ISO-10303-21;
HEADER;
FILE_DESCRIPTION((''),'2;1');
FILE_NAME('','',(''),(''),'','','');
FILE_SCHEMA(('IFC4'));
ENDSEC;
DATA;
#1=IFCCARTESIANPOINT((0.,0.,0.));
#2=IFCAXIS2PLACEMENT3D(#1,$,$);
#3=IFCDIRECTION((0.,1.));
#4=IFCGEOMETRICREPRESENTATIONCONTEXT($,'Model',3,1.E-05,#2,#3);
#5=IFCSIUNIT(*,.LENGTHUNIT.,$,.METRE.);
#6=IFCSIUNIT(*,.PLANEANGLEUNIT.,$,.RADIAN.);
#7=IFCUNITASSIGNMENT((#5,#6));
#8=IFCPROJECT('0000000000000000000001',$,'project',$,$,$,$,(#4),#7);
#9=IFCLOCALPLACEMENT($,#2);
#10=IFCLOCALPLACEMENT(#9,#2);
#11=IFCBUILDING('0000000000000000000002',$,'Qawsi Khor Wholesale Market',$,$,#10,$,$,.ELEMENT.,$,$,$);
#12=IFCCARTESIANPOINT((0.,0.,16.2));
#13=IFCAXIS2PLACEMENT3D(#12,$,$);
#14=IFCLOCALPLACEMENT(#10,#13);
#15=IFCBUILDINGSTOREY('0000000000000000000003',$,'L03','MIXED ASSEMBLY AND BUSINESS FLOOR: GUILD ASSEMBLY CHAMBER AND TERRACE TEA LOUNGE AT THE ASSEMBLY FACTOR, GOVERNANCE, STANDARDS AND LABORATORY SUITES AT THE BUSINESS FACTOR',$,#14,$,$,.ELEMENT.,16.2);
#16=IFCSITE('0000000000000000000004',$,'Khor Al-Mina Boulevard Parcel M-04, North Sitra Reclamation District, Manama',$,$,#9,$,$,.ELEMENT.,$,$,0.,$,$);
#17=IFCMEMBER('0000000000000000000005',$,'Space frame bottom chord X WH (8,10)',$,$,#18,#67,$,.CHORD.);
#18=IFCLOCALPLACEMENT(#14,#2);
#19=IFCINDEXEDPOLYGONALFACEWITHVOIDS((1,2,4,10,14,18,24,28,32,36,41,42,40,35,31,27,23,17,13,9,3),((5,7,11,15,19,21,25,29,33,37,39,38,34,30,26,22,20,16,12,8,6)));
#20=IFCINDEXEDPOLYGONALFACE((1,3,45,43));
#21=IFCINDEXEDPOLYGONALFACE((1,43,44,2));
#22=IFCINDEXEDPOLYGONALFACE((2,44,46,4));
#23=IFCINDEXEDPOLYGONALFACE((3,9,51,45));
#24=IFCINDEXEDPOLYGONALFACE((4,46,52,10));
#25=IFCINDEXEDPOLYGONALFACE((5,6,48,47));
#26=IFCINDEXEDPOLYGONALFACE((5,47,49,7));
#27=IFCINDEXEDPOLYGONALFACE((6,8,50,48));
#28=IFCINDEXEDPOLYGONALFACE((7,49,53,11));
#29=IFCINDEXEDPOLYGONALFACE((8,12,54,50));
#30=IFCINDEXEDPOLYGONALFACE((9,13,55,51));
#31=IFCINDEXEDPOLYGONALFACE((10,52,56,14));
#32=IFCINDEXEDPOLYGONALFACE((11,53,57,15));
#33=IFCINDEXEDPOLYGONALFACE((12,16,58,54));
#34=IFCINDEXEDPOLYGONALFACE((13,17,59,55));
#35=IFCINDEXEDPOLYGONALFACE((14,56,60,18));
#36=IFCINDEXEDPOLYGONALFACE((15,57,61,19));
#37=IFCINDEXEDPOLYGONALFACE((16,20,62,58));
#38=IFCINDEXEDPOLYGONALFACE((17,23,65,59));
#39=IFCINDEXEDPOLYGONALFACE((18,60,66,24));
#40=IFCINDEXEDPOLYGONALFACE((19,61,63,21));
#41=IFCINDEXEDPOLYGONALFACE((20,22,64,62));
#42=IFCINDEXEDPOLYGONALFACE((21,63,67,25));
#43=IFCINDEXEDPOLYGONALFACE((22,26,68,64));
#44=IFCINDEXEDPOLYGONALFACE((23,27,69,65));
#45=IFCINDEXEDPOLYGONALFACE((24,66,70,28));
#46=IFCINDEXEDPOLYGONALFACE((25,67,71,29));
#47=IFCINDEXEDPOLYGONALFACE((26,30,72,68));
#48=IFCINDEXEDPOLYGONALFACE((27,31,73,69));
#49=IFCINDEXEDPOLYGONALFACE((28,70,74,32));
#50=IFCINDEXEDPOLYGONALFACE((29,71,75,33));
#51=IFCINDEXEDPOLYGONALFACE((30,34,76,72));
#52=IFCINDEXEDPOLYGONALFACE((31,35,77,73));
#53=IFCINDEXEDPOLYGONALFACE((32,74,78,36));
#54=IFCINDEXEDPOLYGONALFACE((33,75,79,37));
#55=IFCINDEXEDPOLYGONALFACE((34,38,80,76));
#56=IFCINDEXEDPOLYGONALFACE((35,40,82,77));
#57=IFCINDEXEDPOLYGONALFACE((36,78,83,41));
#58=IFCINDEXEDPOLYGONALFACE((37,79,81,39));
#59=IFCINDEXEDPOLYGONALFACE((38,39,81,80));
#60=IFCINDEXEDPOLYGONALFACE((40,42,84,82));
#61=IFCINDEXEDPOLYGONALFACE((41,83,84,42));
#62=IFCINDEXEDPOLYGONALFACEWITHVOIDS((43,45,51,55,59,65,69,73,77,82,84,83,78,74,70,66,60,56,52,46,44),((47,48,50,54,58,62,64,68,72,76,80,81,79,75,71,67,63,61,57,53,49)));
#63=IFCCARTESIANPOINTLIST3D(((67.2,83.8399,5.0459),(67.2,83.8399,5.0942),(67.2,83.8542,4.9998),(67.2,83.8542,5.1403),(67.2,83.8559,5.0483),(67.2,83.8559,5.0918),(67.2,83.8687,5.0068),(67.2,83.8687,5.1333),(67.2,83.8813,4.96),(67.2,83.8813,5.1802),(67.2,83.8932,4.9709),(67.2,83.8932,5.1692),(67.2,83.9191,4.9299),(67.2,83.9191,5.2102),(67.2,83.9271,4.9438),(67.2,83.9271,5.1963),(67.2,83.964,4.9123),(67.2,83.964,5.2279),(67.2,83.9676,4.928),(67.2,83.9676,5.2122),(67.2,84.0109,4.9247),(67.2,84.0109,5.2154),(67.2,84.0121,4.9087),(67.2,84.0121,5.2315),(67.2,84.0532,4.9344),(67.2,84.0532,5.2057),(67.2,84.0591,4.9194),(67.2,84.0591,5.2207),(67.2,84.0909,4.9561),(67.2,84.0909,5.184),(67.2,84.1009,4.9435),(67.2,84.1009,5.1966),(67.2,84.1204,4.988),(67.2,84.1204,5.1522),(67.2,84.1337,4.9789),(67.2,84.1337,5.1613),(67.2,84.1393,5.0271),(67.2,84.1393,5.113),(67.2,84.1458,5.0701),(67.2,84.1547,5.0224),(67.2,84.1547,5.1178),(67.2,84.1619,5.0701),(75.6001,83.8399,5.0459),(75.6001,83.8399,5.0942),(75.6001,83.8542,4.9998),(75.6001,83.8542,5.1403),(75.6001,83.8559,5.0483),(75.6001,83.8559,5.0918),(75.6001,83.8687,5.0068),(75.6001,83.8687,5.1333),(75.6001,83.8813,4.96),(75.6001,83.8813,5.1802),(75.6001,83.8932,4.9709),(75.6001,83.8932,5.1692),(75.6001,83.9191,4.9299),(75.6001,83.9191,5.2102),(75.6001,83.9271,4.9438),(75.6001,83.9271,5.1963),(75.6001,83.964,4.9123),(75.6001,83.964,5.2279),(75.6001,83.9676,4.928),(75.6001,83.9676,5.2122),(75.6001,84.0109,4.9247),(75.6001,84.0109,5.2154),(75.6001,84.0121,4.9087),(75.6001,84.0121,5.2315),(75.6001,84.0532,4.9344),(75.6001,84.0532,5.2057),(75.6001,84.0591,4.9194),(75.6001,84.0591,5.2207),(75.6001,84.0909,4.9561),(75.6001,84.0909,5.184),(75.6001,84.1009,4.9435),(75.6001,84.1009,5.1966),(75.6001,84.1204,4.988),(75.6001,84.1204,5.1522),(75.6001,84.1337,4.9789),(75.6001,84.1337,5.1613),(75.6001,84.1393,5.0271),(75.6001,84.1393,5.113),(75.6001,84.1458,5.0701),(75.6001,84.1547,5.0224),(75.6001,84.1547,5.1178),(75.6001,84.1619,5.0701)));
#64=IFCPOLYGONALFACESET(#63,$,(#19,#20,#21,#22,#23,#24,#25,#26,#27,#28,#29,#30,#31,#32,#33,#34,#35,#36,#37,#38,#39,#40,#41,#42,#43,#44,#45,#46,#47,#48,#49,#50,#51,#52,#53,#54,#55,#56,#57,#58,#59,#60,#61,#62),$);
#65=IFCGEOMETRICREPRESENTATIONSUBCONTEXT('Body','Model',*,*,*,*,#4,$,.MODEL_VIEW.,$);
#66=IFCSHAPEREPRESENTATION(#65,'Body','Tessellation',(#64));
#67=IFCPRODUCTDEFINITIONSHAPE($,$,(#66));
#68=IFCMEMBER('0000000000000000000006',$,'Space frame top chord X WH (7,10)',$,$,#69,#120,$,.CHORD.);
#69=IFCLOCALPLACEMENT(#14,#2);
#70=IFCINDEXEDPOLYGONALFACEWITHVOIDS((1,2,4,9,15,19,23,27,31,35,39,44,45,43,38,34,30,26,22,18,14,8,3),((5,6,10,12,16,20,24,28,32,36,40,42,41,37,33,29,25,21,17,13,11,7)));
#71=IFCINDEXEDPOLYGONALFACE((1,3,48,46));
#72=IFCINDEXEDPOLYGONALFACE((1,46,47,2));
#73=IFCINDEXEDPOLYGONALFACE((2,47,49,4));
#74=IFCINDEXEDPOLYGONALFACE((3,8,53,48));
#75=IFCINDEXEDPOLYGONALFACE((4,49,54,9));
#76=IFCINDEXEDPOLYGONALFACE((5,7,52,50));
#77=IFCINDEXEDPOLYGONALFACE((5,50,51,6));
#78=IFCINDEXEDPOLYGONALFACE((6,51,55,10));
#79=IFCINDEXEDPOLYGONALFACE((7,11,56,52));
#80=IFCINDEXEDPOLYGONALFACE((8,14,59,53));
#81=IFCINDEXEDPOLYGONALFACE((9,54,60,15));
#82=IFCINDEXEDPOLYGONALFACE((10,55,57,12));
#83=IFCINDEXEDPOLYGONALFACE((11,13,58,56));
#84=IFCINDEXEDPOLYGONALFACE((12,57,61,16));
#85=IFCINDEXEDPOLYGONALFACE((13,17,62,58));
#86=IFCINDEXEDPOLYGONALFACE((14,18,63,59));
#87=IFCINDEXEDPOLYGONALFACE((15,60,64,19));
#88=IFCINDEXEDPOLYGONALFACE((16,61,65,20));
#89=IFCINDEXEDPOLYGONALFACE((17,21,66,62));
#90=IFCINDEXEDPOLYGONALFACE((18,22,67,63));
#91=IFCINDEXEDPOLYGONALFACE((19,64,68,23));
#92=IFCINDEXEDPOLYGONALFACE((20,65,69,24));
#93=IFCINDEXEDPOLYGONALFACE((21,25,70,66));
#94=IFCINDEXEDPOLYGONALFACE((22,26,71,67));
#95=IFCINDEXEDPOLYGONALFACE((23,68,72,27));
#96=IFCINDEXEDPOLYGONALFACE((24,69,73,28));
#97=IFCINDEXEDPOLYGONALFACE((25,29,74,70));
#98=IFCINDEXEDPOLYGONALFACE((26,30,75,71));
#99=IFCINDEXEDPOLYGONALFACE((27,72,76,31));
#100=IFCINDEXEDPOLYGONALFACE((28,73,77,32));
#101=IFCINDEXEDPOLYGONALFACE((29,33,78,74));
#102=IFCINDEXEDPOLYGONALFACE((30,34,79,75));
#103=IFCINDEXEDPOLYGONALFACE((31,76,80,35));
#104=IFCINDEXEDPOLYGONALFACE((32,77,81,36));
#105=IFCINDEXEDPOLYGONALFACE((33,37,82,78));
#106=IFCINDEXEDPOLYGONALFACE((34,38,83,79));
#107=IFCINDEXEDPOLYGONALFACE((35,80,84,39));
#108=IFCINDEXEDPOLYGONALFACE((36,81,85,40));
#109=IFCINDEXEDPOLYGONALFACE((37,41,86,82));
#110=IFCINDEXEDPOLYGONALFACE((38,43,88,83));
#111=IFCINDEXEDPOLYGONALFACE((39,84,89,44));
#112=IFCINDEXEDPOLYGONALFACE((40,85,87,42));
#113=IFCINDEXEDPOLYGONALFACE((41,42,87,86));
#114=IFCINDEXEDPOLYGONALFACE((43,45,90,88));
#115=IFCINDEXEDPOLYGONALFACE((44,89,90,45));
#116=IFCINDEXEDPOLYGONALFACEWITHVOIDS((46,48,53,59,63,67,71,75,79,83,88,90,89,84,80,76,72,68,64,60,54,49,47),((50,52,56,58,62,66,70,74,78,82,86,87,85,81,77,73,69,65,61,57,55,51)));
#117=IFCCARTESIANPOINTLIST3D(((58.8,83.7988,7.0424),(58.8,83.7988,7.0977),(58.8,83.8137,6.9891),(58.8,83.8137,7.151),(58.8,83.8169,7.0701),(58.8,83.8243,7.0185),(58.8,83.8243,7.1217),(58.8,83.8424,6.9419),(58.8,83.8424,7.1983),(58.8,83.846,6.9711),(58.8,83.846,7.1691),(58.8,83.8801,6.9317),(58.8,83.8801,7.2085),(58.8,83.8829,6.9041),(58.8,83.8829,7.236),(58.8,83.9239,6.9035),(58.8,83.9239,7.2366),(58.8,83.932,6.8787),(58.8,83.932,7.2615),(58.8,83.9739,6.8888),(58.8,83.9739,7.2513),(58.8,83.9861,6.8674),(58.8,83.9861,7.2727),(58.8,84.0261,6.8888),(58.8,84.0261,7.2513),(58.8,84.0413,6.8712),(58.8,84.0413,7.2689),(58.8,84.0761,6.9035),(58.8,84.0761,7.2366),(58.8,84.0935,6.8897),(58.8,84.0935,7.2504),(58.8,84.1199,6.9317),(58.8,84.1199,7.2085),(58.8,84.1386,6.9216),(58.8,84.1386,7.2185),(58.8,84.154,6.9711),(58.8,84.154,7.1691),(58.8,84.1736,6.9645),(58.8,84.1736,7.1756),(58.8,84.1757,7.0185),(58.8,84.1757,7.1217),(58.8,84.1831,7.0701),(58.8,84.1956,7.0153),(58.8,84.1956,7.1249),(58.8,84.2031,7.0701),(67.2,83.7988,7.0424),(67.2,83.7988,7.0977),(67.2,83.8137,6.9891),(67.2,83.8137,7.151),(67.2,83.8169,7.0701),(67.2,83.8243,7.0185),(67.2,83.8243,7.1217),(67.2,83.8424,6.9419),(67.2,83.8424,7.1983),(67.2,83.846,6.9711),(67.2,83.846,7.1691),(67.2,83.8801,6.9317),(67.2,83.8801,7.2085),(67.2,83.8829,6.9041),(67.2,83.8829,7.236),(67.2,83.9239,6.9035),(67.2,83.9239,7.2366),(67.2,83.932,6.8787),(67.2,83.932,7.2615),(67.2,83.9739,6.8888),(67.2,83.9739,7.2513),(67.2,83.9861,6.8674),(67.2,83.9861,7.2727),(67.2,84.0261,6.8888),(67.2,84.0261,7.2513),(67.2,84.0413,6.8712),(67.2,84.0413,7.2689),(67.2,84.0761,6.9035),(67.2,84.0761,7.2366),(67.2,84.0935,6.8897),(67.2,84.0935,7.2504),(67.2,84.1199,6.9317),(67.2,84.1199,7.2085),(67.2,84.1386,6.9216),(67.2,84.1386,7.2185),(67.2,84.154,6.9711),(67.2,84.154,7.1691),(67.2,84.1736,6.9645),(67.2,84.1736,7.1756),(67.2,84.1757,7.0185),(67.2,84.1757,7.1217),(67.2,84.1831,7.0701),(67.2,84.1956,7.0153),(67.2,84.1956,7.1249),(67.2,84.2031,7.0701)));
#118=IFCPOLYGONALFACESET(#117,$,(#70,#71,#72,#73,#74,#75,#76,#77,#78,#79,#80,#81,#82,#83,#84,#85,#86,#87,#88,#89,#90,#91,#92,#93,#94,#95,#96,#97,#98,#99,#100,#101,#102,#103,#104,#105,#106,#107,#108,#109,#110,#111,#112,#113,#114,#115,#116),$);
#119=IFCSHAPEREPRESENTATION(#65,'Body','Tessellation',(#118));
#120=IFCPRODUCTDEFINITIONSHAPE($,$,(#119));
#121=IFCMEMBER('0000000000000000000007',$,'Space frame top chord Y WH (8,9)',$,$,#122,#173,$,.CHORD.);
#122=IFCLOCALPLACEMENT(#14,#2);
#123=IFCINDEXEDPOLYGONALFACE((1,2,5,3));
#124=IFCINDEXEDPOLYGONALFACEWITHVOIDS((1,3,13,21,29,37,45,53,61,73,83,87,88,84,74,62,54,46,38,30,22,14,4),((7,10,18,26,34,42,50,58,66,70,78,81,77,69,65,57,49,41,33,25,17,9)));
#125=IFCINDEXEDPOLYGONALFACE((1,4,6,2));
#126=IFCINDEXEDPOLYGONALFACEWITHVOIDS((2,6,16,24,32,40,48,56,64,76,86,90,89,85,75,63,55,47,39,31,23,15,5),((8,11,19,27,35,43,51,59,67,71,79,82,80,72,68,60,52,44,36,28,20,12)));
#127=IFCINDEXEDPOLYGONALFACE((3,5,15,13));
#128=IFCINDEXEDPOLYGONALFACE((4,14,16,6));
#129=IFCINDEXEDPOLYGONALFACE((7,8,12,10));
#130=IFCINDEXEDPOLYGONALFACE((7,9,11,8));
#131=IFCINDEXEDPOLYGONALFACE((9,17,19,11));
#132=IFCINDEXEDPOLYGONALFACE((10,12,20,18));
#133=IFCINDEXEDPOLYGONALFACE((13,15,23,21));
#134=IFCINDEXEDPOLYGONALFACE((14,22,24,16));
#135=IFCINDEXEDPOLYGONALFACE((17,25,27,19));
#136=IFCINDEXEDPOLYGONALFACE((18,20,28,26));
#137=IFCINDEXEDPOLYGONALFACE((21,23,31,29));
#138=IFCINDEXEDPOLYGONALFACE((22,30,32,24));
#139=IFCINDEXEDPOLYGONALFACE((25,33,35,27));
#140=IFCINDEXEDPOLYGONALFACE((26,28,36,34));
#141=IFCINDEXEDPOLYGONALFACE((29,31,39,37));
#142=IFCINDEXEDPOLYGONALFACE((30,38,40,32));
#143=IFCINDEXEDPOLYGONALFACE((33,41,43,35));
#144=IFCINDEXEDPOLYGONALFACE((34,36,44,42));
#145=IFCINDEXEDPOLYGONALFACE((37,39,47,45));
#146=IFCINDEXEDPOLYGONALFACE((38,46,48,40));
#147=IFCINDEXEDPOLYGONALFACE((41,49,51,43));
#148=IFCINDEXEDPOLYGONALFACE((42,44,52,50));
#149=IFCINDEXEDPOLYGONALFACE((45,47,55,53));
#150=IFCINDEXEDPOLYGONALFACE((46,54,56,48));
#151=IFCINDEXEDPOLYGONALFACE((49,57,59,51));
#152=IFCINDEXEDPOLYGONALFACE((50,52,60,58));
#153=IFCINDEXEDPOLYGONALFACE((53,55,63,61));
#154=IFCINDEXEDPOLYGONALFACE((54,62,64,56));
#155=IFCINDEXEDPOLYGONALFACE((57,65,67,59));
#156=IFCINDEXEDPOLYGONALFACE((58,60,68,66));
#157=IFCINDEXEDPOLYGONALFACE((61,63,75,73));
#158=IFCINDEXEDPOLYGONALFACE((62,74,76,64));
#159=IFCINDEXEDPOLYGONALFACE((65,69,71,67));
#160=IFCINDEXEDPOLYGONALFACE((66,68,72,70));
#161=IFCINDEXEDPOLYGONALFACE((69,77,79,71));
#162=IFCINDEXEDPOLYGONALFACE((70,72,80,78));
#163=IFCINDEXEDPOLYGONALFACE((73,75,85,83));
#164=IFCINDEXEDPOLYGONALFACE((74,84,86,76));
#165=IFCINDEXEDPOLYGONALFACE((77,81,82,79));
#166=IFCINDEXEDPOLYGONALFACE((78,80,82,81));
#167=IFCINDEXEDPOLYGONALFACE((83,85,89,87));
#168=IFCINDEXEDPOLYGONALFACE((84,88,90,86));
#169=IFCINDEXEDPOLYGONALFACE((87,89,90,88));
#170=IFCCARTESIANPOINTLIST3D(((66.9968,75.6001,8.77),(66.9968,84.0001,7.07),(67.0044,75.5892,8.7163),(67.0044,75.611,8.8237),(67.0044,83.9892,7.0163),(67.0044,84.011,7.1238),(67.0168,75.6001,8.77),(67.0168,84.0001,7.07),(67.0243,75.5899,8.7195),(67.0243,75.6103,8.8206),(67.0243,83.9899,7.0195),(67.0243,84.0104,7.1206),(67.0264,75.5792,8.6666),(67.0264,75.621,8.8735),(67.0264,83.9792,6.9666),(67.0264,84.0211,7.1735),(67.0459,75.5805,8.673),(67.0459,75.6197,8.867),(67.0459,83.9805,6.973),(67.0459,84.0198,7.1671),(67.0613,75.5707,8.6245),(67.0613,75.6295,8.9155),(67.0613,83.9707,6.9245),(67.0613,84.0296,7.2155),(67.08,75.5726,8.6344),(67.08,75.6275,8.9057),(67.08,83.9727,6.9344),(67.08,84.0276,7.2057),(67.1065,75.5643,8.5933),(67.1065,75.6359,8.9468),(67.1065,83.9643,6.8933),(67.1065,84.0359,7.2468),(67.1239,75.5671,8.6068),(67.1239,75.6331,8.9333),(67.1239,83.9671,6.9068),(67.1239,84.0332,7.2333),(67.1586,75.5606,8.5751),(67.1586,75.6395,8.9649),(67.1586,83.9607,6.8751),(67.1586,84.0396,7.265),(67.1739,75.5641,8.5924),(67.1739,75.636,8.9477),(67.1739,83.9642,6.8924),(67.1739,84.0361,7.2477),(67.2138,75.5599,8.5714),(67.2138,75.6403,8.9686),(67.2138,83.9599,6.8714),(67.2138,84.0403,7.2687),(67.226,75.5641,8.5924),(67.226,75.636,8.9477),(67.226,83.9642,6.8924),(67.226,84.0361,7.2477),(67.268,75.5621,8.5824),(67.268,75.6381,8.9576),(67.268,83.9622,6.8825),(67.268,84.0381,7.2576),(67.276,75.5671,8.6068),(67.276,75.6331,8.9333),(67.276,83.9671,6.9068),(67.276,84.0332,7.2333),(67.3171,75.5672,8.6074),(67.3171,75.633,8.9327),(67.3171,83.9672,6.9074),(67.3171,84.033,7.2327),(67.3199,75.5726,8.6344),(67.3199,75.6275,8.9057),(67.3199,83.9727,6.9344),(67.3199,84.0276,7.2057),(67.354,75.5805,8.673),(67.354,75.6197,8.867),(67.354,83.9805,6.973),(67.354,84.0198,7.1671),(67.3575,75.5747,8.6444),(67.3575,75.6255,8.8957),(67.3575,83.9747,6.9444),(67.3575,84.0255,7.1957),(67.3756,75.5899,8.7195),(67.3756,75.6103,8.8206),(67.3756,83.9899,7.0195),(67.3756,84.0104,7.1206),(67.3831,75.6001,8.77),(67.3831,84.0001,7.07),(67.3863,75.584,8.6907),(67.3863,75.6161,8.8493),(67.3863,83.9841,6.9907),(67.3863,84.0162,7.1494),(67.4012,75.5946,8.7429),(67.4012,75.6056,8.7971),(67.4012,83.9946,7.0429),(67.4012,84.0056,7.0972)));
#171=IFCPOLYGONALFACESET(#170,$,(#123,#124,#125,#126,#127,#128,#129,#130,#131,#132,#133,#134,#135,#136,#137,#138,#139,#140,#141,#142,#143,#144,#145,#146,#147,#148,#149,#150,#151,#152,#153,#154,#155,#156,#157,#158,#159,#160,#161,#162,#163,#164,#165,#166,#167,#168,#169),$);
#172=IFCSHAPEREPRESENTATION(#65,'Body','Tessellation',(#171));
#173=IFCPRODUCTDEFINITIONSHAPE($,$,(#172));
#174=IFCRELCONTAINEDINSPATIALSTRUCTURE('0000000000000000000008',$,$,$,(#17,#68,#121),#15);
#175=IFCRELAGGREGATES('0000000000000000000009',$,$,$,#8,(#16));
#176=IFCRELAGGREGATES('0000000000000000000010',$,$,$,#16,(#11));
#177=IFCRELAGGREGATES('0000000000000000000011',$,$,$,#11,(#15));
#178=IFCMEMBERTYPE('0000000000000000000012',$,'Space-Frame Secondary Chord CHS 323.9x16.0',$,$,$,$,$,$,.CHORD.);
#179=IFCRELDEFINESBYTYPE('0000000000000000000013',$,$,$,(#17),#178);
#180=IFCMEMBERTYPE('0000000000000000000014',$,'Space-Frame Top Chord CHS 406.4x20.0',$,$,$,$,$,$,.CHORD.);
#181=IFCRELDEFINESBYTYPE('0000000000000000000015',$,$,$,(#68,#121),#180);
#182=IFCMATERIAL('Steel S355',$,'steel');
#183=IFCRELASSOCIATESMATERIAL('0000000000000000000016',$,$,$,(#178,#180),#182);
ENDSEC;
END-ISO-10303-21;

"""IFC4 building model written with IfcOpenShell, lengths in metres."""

from ifc_helpers import new_model, si_unit, direction, frame, origin, origin_2d, place, context, subcontext, project, spatial, hollow_circle, extrude, material, material_profile, profile_set, type_object, element, save


model = new_model("IFC4")

# Units and contexts
model_context = context("Model", 3, precision=1e-05, world=origin(), true_north=direction((0.0, 1.0)))
body_context = subcontext(model_context, "Body", "Model", "MODEL_VIEW")
ifc_project = project(units=[si_unit("LENGTHUNIT", "METRE"), si_unit("PLANEANGLEUNIT", "RADIAN")], contexts=[model_context])

# Site, building, storey
site_placement = place(None, origin())
site = spatial("IfcSite", under=ifc_project, at=site_placement, Name="Khor Al-Mina Boulevard Parcel M-04, North Sitra Reclamation District, Manama", CompositionType="ELEMENT", RefElevation=0.0)
building_placement = place(site_placement, origin())
building = spatial("IfcBuilding", under=site, at=building_placement, Name="Qawsi Khor Wholesale Market", CompositionType="ELEMENT")
storey_placement = place(building_placement, frame((0.0, 0.0, 16.2)))
storey = spatial("IfcBuildingStorey", under=building, at=storey_placement, Name="L03", Description="MIXED ASSEMBLY AND BUSINESS FLOOR: GUILD ASSEMBLY CHAMBER AND TERRACE TEA LOUNGE AT THE ASSEMBLY FACTOR, GOVERNANCE, STANDARDS AND LABORATORY SUITES AT THE BUSINESS FACTOR", CompositionType="ELEMENT", Elevation=16.2)

# Members
ifc_material_1 = material(Name="Steel S355", Category="steel")
ifc_material_profile_1 = material_profile(ifc_material_1, hollow_circle(Radius=0.1619, WallThickness=0.0161, at=origin_2d()), Name="CHS 323.9x16.0")
ifc_profile_set_1 = profile_set([ifc_material_profile_1], Name="Steel S355")
member_type_1 = type_object("IfcMemberType", Name="Space-Frame Secondary Chord CHS 323.9x16.0", PredefinedType="CHORD", material=ifc_profile_set_1)
for number, where, z_axis, x_axis, name in (
    (1, (67.2, 84.0, 5.0701), (1.0, 0.0, 0.0), (0.0, 1.0, 0.0), "Space frame bottom chord X WH (8,10)"),
):
    element("IfcMember", number, at=place(storey_placement, frame(where, z_axis=z_axis, x_axis=x_axis)), inside=storey, type_object=member_type_1, Name=name, PredefinedType="CHORD", context=body_context, shape_type="SweptSolid", body=[
        extrude(hollow_circle(Radius=0.1619, WallThickness=0.0161, at=origin_2d()), origin(), (0.0, 0.0, 1.0), 8.4001),
    ])
ifc_material_profile_2 = material_profile(ifc_material_1, hollow_circle(Radius=0.2031, WallThickness=0.02, at=origin_2d()), Name="CHS 406.4x20.0")
ifc_profile_set_2 = profile_set([ifc_material_profile_2], Name="Steel S355")
member_type_2 = type_object("IfcMemberType", Name="Space-Frame Top Chord CHS 406.4x20.0", PredefinedType="CHORD", material=ifc_profile_set_2)
member_1_placement = place(storey_placement, frame((58.8, 84.0, 7.0701), z_axis=(1.0, 0.0, 0.0), x_axis=(0.0, 1.0, 0.0)))
element("IfcMember", 2, at=member_1_placement, inside=storey, type_object=member_type_2, Name="Space frame top chord X WH (7,10)", PredefinedType="CHORD", context=body_context, shape_type="SweptSolid", body=[
    extrude(hollow_circle(Radius=0.2031, WallThickness=0.02, at=origin_2d()), origin(), (0.0, 0.0, 1.0), 8.3999),
])
member_2_placement = place(storey_placement, frame((67.2, 75.6001, 8.77), z_axis=(0.0, 0.98013, -0.198356), x_axis=(-1.0, 0.0, 0.0)))
element("IfcMember", 3, at=member_2_placement, inside=storey, type_object=member_type_2, Name="Space frame top chord Y WH (8,9)", PredefinedType="CHORD", context=body_context, shape_type="SweptSolid", body=[
    extrude(hollow_circle(Radius=0.2031, WallThickness=0.02, at=origin_2d()), origin(), (0.0, 0.0, 1.0), 8.5703),
])

save(model, "model.ifc")
